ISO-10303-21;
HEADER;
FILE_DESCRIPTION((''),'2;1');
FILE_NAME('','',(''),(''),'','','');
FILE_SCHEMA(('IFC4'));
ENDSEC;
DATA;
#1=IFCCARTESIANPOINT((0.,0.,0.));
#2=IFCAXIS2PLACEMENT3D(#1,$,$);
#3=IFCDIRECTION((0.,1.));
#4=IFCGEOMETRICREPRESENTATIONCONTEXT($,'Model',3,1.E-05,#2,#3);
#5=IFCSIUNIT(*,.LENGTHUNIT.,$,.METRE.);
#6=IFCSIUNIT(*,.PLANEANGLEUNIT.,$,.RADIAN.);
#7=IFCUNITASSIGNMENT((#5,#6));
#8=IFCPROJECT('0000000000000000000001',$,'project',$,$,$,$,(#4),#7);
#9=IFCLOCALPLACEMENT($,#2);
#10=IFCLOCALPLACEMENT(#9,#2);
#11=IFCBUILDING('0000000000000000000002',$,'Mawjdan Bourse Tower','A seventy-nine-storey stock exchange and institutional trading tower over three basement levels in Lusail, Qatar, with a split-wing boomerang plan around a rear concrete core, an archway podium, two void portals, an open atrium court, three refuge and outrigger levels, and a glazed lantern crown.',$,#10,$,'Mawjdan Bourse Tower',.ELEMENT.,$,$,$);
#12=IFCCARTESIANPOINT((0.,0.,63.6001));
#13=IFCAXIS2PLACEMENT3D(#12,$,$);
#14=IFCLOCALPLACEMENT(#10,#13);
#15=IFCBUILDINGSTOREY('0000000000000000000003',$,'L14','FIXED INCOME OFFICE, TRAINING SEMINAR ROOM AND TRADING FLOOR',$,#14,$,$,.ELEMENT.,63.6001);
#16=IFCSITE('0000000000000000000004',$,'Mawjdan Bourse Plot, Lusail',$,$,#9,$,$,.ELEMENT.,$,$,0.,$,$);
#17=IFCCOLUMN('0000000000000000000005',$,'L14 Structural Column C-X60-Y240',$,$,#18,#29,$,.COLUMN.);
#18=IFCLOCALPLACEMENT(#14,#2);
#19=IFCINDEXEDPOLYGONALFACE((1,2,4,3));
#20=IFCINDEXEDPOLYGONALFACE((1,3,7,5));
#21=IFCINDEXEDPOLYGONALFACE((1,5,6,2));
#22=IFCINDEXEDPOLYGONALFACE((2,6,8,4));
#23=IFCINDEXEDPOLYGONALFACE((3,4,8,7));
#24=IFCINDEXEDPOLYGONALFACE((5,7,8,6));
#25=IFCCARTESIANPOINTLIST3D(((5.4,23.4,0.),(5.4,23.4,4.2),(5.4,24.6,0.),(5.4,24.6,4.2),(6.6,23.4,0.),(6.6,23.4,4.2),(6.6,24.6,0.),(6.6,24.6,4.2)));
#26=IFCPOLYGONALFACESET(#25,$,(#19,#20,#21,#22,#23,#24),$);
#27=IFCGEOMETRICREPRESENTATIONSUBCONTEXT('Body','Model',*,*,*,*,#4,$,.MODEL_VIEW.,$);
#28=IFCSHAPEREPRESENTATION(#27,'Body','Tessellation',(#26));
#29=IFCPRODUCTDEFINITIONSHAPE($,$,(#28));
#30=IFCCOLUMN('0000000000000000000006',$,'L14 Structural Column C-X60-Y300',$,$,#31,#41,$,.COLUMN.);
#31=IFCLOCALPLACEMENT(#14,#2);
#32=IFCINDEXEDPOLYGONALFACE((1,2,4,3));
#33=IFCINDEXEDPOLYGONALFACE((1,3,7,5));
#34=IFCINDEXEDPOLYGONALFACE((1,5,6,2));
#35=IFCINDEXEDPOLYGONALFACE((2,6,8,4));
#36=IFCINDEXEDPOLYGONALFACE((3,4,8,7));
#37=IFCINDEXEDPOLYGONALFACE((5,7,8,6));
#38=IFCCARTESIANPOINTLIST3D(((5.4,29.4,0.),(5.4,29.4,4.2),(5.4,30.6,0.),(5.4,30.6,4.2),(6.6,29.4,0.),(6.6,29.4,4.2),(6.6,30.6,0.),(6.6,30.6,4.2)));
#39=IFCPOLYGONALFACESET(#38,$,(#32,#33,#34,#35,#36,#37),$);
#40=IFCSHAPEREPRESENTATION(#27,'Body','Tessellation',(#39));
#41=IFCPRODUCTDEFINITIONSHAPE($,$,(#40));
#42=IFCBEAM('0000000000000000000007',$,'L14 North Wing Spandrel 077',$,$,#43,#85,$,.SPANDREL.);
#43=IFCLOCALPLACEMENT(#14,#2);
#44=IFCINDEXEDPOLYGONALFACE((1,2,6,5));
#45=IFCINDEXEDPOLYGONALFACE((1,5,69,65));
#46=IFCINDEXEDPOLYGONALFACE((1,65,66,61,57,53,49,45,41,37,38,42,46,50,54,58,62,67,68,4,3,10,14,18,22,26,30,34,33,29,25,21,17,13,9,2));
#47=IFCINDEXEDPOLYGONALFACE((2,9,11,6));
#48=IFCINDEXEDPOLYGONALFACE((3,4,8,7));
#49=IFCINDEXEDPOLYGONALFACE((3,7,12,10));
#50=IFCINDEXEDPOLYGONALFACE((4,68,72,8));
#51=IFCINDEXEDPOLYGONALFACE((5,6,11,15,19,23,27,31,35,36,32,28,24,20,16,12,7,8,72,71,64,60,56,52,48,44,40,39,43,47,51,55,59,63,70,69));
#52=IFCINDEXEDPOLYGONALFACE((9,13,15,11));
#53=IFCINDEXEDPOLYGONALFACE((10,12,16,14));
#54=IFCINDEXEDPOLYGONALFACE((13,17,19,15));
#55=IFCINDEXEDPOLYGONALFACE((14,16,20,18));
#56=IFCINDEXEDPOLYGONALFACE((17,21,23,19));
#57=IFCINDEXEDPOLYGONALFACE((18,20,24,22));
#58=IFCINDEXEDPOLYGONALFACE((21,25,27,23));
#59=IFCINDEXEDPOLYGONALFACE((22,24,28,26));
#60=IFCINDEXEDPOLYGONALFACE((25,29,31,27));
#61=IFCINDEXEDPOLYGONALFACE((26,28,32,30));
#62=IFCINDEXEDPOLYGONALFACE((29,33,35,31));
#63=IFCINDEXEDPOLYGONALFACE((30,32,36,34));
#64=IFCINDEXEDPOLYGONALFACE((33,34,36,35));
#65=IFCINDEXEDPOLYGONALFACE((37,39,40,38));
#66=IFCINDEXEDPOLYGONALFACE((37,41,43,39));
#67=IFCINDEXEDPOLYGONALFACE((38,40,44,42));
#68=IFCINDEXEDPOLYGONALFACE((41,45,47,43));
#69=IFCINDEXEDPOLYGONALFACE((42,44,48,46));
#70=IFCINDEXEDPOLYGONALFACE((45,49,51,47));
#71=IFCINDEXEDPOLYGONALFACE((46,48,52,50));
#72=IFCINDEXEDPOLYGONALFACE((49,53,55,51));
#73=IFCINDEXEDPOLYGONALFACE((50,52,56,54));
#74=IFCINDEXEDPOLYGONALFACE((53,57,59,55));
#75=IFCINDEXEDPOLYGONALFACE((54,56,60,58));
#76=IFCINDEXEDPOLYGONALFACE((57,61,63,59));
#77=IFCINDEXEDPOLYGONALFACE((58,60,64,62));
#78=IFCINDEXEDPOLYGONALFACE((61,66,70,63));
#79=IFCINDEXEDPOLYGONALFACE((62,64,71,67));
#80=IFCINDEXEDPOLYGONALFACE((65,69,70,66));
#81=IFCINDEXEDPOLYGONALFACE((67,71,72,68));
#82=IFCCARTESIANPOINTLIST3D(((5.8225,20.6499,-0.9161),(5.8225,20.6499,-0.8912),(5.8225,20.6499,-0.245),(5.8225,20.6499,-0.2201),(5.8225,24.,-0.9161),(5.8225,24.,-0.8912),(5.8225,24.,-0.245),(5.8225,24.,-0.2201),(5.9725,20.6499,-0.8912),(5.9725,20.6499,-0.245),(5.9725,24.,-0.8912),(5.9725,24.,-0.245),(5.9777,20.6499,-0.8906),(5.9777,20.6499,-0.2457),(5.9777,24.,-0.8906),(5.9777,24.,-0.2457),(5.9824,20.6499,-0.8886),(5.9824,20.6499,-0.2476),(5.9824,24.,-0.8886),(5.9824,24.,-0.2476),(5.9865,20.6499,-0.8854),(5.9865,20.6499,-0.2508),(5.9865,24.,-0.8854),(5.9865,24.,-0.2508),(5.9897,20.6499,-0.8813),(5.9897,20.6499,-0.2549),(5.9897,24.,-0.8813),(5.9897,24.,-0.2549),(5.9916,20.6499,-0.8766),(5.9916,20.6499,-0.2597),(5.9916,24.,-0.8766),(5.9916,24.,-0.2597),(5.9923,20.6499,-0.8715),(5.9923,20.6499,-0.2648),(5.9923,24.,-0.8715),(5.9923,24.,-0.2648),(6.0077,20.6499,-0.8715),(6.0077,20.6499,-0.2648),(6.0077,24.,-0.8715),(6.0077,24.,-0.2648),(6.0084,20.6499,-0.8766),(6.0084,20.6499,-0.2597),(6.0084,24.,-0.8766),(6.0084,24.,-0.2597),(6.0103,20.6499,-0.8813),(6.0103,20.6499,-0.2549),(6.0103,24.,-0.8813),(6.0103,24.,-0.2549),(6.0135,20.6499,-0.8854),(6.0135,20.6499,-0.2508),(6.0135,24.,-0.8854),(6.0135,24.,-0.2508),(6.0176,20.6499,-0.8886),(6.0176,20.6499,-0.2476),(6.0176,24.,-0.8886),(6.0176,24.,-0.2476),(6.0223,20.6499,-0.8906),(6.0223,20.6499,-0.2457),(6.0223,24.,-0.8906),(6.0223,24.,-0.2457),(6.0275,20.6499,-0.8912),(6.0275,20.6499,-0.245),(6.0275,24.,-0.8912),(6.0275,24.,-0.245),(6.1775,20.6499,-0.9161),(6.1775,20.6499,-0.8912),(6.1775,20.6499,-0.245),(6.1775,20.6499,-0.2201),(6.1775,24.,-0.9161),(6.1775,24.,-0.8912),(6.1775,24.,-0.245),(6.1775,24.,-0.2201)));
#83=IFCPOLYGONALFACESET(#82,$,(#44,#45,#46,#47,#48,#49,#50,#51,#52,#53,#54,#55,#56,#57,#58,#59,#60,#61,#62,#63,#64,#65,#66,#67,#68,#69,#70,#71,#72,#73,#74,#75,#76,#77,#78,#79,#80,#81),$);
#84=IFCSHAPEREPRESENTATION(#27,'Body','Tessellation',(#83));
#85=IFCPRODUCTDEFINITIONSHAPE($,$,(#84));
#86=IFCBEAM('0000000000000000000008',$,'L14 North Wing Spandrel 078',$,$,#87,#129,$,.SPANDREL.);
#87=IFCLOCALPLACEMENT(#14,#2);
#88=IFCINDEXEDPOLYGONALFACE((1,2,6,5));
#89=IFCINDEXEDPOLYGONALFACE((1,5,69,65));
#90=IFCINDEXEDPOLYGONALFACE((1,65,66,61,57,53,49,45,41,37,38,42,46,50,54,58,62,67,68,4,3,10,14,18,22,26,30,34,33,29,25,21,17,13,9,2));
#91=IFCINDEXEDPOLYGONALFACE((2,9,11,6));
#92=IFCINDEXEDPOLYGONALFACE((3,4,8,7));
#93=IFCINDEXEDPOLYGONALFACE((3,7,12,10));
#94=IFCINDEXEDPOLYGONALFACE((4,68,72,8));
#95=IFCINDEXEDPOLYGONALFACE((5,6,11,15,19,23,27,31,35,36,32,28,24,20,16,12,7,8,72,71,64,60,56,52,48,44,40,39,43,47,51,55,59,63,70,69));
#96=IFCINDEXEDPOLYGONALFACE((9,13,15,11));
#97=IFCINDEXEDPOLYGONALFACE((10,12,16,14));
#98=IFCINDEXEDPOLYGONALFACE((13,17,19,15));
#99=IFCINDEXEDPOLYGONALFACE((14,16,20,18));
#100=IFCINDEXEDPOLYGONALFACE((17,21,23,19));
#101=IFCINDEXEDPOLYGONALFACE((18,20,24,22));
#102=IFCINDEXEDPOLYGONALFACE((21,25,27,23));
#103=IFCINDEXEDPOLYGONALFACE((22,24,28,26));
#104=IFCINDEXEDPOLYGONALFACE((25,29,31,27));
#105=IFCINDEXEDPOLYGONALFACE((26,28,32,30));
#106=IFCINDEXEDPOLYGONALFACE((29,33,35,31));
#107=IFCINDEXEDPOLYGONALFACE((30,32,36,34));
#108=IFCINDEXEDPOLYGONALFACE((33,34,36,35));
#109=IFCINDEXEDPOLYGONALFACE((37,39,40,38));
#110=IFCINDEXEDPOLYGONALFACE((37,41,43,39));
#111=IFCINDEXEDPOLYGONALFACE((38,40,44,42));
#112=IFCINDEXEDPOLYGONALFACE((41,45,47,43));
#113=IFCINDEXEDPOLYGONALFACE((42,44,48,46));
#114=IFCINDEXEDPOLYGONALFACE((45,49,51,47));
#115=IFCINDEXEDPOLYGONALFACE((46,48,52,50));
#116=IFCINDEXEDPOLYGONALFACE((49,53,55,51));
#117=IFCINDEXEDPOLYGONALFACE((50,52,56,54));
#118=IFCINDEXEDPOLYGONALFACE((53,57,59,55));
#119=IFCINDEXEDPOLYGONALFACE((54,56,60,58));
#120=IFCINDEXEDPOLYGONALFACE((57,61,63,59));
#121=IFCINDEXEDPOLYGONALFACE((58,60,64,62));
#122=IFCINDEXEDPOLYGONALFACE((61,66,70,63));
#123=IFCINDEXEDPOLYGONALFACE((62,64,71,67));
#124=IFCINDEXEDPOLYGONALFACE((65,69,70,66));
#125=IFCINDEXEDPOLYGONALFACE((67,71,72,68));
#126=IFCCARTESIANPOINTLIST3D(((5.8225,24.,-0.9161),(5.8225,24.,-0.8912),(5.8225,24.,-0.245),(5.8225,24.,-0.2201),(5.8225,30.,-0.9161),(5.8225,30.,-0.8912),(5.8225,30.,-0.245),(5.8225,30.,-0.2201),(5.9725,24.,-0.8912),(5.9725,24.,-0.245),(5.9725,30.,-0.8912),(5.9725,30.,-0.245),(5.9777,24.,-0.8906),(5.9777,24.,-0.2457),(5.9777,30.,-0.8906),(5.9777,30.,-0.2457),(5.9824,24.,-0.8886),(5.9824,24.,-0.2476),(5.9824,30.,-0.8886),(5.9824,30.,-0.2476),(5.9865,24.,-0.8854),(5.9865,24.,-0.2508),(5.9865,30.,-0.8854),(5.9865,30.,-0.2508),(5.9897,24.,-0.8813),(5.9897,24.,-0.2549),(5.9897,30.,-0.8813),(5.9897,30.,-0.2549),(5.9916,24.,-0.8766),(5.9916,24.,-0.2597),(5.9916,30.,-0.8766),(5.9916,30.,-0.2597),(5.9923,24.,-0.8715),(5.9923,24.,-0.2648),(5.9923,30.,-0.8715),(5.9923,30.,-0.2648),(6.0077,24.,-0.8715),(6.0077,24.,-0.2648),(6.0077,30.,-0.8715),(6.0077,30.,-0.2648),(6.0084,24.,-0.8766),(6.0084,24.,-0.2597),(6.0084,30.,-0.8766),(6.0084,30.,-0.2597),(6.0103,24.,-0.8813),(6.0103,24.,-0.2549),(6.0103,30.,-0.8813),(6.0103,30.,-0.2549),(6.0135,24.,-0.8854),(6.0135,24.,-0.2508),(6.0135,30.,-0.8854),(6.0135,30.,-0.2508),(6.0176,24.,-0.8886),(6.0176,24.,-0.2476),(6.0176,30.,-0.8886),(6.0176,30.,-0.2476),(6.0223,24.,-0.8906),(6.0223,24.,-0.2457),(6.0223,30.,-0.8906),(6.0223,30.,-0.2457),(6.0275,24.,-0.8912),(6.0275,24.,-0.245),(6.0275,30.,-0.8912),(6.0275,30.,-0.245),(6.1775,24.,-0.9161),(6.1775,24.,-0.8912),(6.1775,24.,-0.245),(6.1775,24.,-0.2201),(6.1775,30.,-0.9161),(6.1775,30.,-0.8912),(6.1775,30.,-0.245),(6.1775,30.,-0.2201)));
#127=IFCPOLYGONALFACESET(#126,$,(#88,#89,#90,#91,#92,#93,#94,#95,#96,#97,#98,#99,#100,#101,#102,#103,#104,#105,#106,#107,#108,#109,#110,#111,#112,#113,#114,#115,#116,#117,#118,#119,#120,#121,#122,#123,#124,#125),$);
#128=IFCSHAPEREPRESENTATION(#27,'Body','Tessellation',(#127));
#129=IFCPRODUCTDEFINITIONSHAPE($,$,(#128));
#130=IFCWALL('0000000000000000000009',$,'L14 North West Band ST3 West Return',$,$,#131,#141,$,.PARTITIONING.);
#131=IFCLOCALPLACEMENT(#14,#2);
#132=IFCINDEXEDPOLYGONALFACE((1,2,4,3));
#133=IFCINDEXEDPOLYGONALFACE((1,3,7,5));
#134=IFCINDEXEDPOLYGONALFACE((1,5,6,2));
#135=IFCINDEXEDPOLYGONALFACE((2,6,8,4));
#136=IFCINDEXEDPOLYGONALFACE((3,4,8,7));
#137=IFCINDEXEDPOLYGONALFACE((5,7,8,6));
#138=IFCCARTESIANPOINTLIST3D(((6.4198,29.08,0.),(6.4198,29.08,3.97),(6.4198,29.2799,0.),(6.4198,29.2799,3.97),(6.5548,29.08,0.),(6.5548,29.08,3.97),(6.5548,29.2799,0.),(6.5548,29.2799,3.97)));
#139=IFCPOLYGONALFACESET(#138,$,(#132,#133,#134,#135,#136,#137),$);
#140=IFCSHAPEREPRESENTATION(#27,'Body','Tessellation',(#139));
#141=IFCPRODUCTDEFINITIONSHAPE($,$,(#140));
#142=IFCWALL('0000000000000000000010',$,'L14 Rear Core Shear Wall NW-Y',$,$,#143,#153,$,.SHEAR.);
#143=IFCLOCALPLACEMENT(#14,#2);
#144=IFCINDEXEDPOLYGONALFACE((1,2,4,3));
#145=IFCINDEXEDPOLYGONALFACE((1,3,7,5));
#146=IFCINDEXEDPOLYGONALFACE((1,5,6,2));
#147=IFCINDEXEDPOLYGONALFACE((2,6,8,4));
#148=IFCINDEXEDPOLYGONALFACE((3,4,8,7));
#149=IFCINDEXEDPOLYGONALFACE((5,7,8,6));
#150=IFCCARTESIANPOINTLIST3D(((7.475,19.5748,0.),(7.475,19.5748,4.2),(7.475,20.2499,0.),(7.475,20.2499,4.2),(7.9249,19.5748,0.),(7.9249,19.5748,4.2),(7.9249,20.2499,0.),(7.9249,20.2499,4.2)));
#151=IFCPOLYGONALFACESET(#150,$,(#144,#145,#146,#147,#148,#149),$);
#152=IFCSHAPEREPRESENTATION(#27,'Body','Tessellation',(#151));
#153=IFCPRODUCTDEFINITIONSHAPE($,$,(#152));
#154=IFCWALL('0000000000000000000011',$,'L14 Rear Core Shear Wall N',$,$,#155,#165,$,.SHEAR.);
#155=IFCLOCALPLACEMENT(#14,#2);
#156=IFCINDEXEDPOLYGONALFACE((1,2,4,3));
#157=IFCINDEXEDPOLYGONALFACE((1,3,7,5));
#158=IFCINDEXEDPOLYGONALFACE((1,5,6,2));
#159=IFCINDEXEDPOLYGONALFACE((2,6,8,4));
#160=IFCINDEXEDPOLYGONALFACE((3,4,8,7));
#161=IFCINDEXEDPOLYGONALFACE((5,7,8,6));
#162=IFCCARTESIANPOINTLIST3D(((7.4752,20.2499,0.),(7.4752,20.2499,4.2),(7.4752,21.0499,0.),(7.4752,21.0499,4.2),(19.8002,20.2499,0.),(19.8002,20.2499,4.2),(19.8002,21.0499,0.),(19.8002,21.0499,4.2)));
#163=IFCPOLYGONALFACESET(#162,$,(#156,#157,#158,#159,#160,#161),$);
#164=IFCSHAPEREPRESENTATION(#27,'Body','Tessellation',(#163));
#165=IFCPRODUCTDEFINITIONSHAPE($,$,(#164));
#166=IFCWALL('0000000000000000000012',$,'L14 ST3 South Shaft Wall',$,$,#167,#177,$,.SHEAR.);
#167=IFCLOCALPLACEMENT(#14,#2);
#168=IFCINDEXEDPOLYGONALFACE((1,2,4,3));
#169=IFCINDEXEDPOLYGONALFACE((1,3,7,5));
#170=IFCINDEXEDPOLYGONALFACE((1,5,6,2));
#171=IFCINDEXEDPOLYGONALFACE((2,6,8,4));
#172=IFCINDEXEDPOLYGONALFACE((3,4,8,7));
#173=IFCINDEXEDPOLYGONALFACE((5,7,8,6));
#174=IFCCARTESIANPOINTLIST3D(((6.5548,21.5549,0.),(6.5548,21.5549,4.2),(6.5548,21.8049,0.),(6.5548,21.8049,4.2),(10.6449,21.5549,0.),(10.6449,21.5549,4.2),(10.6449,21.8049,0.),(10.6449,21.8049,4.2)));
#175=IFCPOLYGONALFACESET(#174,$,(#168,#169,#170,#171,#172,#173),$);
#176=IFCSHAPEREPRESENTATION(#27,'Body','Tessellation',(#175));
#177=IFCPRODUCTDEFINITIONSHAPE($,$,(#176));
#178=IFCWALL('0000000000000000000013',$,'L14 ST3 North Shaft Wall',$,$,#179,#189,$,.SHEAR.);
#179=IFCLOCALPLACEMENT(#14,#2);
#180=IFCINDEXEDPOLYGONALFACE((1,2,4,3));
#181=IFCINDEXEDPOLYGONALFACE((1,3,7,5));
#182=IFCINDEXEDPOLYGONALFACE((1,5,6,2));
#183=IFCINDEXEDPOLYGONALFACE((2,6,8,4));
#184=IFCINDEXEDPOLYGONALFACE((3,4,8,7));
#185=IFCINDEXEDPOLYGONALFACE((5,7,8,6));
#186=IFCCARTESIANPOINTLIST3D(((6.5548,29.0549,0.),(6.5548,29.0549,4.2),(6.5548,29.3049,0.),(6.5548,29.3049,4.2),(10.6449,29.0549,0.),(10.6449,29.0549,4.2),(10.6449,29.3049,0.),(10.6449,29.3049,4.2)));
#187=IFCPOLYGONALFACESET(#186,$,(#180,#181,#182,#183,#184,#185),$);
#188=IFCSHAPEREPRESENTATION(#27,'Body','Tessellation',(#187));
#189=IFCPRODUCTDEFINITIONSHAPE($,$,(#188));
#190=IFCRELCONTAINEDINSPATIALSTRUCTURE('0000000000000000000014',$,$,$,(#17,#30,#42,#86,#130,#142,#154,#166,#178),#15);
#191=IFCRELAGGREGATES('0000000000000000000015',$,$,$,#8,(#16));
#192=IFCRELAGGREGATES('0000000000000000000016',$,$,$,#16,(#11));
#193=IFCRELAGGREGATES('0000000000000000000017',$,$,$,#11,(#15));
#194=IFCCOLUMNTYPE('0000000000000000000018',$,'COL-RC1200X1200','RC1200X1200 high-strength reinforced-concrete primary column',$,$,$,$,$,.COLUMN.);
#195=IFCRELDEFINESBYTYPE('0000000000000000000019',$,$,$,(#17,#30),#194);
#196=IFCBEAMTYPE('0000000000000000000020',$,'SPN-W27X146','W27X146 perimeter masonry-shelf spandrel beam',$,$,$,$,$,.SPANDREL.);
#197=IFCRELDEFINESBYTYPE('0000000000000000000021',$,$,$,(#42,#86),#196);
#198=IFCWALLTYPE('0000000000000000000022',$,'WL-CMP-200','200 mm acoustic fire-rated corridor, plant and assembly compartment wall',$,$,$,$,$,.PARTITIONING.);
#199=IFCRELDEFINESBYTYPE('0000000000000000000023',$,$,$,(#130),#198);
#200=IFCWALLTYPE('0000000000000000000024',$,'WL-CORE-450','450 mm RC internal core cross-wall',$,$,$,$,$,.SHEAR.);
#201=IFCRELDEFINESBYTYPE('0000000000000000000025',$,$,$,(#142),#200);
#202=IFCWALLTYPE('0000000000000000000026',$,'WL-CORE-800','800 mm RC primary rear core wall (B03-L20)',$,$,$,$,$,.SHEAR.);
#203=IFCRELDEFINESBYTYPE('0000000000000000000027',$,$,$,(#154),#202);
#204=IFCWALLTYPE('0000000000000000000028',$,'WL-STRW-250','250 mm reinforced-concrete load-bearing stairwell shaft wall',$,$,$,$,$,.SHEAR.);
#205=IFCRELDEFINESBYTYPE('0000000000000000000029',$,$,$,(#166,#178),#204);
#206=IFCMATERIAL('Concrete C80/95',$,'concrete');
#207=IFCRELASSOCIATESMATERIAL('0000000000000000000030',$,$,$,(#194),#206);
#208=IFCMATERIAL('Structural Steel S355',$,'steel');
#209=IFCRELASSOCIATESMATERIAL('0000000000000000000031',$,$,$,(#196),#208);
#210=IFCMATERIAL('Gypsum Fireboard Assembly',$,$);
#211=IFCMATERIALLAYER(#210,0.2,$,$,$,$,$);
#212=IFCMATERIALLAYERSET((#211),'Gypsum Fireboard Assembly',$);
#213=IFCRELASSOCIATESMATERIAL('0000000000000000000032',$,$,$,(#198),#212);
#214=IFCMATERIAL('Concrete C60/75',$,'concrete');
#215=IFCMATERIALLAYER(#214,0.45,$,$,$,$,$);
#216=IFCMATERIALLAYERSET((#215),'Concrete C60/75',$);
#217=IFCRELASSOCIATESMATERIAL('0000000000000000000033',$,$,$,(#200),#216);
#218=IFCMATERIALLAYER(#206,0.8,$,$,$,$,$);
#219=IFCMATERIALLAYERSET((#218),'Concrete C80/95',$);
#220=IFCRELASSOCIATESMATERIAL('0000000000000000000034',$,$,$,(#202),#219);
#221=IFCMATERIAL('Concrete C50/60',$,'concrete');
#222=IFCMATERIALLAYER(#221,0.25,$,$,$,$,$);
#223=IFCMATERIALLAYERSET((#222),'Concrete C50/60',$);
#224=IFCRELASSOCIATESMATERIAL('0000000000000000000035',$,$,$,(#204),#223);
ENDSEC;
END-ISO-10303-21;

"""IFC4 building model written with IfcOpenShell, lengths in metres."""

from ifc_helpers import new_model, si_unit, direction, frame, frame_2d, origin, origin_2d, place, context, subcontext, project, spatial, rectangle, i_section, extrude, material, layer, layer_set, material_profile, profile_set, type_object, element, save


model = new_model("IFC4")

# Units and contexts
model_context = context("Model", 3, precision=1e-05, world=origin(), true_north=direction((0.0, 1.0)))
body_context = subcontext(model_context, "Body", "Model", "MODEL_VIEW")
ifc_project = project(units=[si_unit("LENGTHUNIT", "METRE"), si_unit("PLANEANGLEUNIT", "RADIAN")], contexts=[model_context])

# Site, building, storey
site_placement = place(None, origin())
site = spatial("IfcSite", under=ifc_project, at=site_placement, Name="Mawjdan Bourse Plot, Lusail", CompositionType="ELEMENT", RefElevation=0.0)
building_placement = place(site_placement, origin())
building = spatial("IfcBuilding", under=site, at=building_placement, Name="Mawjdan Bourse Tower", Description="A seventy-nine-storey stock exchange and institutional trading tower over three basement levels in Lusail, Qatar, with a split-wing boomerang plan around a rear concrete core, an archway podium, two void portals, an open atrium court, three refuge and outrigger levels, and a glazed lantern crown.", LongName="Mawjdan Bourse Tower", CompositionType="ELEMENT")
storey_placement = place(building_placement, frame((0.0, 0.0, 63.6001)))
storey = spatial("IfcBuildingStorey", under=building, at=storey_placement, Name="L14", Description="FIXED INCOME OFFICE, TRAINING SEMINAR ROOM AND TRADING FLOOR", CompositionType="ELEMENT", Elevation=63.6001)

# Columns
ifc_material_1 = material(Name="Concrete C80/95", Category="concrete")
ifc_material_profile_1 = material_profile(ifc_material_1, rectangle(XDim=1.2, YDim=1.2, at=origin_2d()), Name="RC1200X1200")
ifc_profile_set_1 = profile_set([ifc_material_profile_1], Name="Concrete C80/95")
column_type = type_object("IfcColumnType", Name="COL-RC1200X1200", Description="RC1200X1200 high-strength reinforced-concrete primary column", PredefinedType="COLUMN", material=ifc_profile_set_1)
for number, where, z_axis, x_axis, name in (
    (1, (6.0, 24.0, 0.0), (0.0, 0.0, 1.0), (1.0, 0.0, 0.0), "L14 Structural Column C-X60-Y240"),
    (2, (6.0, 30.0, 0.0), (0.0, 0.0, 1.0), (1.0, 0.0, 0.0), "L14 Structural Column C-X60-Y300"),
):
    element("IfcColumn", number, at=place(storey_placement, frame(where, z_axis=z_axis, x_axis=x_axis)), inside=storey, type_object=column_type, Name=name, PredefinedType="COLUMN", context=body_context, shape_type="SweptSolid", body=[
        extrude(rectangle(XDim=1.2, YDim=1.2, at=origin_2d()), origin(), (0.0, 0.0, 1.0), 4.2),
    ])

# Beams
ifc_material_2 = material(Name="Structural Steel S355", Category="steel")
ifc_material_profile_2 = material_profile(ifc_material_2, i_section(OverallWidth=0.355, OverallDepth=0.696, WebThickness=0.0154, FlangeThickness=0.0249, FilletRadius=0.0198, at=origin_2d()), Name="W27X146")
ifc_profile_set_2 = profile_set([ifc_material_profile_2], Name="Structural Steel S355")
beam_type = type_object("IfcBeamType", Name="SPN-W27X146", Description="W27X146 perimeter masonry-shelf spandrel beam", PredefinedType="SPANDREL", material=ifc_profile_set_2)
beam_1_placement = place(storey_placement, frame((6.0, 20.6499, -0.5681), z_axis=(0.0, 1.0, 0.0), x_axis=(-1.0, 0.0, 0.0)))
element("IfcBeam", 3, at=beam_1_placement, inside=storey, type_object=beam_type, Name="L14 North Wing Spandrel 077", PredefinedType="SPANDREL", context=body_context, shape_type="SweptSolid", body=[
    extrude(i_section(OverallWidth=0.355, OverallDepth=0.696, WebThickness=0.0154, FlangeThickness=0.0249, FilletRadius=0.0198, at=origin_2d()), origin(), (0.0, 0.0, 1.0), 3.3501),
])
beam_2_placement = place(storey_placement, frame((6.0, 24.0, -0.5681), z_axis=(0.0, 1.0, 0.0), x_axis=(-1.0, 0.0, 0.0)))
element("IfcBeam", 4, at=beam_2_placement, inside=storey, type_object=beam_type, Name="L14 North Wing Spandrel 078", PredefinedType="SPANDREL", context=body_context, shape_type="SweptSolid", body=[
    extrude(i_section(OverallWidth=0.355, OverallDepth=0.696, WebThickness=0.0154, FlangeThickness=0.0249, FilletRadius=0.0198, at=origin_2d()), origin(), (0.0, 0.0, 1.0), 6.0),
])

# Walls
ifc_material_3 = material(Name="Gypsum Fireboard Assembly")
ifc_layer_1 = layer(ifc_material_3, 0.2)
ifc_layer_set_1 = layer_set([ifc_layer_1], Name="Gypsum Fireboard Assembly")
wall_type_1 = type_object("IfcWallType", Name="WL-CMP-200", Description="200 mm acoustic fire-rated corridor, plant and assembly compartment wall", PredefinedType="PARTITIONING", material=ifc_layer_set_1)
wall_1_placement = place(storey_placement, frame((6.4199, 29.1799, 0.0), z_axis=(0.0, 0.0, 1.0), x_axis=(1.0, 0.0, 0.0)))
element("IfcWall", 5, at=wall_1_placement, inside=storey, type_object=wall_type_1, Name="L14 North West Band ST3 West Return", PredefinedType="PARTITIONING", context=body_context, shape_type="SweptSolid", body=[
    extrude(rectangle(XDim=0.135, YDim=0.2, at=frame_2d((0.0674, 0.0))), origin(), (0.0, 0.0, 1.0), 3.97),
])
ifc_material_4 = material(Name="Concrete C60/75", Category="concrete")
ifc_layer_2 = layer(ifc_material_4, 0.45)
ifc_layer_set_2 = layer_set([ifc_layer_2], Name="Concrete C60/75")
wall_type_2 = type_object("IfcWallType", Name="WL-CORE-450", Description="450 mm RC internal core cross-wall", PredefinedType="SHEAR", material=ifc_layer_set_2)
wall_2_placement = place(storey_placement, frame((7.7, 19.575, 0.0), z_axis=(0.0, 0.0, 1.0), x_axis=(0.0, 1.0, 0.0)))
element("IfcWall", 6, at=wall_2_placement, inside=storey, type_object=wall_type_2, Name="L14 Rear Core Shear Wall NW-Y", PredefinedType="SHEAR", context=body_context, shape_type="SweptSolid", body=[
    extrude(rectangle(XDim=0.675, YDim=0.45, at=frame_2d((0.3374, 0.0))), origin(), (0.0, 0.0, 1.0), 4.2),
])
ifc_layer_3 = layer(ifc_material_1, 0.8)
ifc_layer_set_3 = layer_set([ifc_layer_3], Name="Concrete C80/95")
wall_type_3 = type_object("IfcWallType", Name="WL-CORE-800", Description="800 mm RC primary rear core wall (B03-L20)", PredefinedType="SHEAR", material=ifc_layer_set_3)
wall_3_placement = place(storey_placement, frame((7.4751, 20.6499, 0.0), z_axis=(0.0, 0.0, 1.0), x_axis=(1.0, 0.0, 0.0)))
element("IfcWall", 7, at=wall_3_placement, inside=storey, type_object=wall_type_3, Name="L14 Rear Core Shear Wall N", PredefinedType="SHEAR", context=body_context, shape_type="SweptSolid", body=[
    extrude(rectangle(XDim=12.325, YDim=0.8, at=frame_2d((6.1626, 0.0))), origin(), (0.0, 0.0, 1.0), 4.2),
])
ifc_material_5 = material(Name="Concrete C50/60", Category="concrete")
ifc_layer_4 = layer(ifc_material_5, 0.25)
ifc_layer_set_4 = layer_set([ifc_layer_4], Name="Concrete C50/60")
wall_type_4 = type_object("IfcWallType", Name="WL-STRW-250", Description="250 mm reinforced-concrete load-bearing stairwell shaft wall", PredefinedType="SHEAR", material=ifc_layer_set_4)
for number, where, z_axis, x_axis, name in (
    (8, (6.5549, 21.6799, 0.0), (0.0, 0.0, 1.0), (1.0, 0.0, 0.0), "L14 ST3 South Shaft Wall"),
    (9, (6.5549, 29.1799, 0.0), (0.0, 0.0, 1.0), (1.0, 0.0, 0.0), "L14 ST3 North Shaft Wall"),
):
    element("IfcWall", number, at=place(storey_placement, frame(where, z_axis=z_axis, x_axis=x_axis)), inside=storey, type_object=wall_type_4, Name=name, PredefinedType="SHEAR", context=body_context, shape_type="SweptSolid", body=[
        extrude(rectangle(XDim=4.0901, YDim=0.25, at=frame_2d((2.0449, 0.0))), origin(), (0.0, 0.0, 1.0), 4.2),
    ])

save(model, "model.ifc")
